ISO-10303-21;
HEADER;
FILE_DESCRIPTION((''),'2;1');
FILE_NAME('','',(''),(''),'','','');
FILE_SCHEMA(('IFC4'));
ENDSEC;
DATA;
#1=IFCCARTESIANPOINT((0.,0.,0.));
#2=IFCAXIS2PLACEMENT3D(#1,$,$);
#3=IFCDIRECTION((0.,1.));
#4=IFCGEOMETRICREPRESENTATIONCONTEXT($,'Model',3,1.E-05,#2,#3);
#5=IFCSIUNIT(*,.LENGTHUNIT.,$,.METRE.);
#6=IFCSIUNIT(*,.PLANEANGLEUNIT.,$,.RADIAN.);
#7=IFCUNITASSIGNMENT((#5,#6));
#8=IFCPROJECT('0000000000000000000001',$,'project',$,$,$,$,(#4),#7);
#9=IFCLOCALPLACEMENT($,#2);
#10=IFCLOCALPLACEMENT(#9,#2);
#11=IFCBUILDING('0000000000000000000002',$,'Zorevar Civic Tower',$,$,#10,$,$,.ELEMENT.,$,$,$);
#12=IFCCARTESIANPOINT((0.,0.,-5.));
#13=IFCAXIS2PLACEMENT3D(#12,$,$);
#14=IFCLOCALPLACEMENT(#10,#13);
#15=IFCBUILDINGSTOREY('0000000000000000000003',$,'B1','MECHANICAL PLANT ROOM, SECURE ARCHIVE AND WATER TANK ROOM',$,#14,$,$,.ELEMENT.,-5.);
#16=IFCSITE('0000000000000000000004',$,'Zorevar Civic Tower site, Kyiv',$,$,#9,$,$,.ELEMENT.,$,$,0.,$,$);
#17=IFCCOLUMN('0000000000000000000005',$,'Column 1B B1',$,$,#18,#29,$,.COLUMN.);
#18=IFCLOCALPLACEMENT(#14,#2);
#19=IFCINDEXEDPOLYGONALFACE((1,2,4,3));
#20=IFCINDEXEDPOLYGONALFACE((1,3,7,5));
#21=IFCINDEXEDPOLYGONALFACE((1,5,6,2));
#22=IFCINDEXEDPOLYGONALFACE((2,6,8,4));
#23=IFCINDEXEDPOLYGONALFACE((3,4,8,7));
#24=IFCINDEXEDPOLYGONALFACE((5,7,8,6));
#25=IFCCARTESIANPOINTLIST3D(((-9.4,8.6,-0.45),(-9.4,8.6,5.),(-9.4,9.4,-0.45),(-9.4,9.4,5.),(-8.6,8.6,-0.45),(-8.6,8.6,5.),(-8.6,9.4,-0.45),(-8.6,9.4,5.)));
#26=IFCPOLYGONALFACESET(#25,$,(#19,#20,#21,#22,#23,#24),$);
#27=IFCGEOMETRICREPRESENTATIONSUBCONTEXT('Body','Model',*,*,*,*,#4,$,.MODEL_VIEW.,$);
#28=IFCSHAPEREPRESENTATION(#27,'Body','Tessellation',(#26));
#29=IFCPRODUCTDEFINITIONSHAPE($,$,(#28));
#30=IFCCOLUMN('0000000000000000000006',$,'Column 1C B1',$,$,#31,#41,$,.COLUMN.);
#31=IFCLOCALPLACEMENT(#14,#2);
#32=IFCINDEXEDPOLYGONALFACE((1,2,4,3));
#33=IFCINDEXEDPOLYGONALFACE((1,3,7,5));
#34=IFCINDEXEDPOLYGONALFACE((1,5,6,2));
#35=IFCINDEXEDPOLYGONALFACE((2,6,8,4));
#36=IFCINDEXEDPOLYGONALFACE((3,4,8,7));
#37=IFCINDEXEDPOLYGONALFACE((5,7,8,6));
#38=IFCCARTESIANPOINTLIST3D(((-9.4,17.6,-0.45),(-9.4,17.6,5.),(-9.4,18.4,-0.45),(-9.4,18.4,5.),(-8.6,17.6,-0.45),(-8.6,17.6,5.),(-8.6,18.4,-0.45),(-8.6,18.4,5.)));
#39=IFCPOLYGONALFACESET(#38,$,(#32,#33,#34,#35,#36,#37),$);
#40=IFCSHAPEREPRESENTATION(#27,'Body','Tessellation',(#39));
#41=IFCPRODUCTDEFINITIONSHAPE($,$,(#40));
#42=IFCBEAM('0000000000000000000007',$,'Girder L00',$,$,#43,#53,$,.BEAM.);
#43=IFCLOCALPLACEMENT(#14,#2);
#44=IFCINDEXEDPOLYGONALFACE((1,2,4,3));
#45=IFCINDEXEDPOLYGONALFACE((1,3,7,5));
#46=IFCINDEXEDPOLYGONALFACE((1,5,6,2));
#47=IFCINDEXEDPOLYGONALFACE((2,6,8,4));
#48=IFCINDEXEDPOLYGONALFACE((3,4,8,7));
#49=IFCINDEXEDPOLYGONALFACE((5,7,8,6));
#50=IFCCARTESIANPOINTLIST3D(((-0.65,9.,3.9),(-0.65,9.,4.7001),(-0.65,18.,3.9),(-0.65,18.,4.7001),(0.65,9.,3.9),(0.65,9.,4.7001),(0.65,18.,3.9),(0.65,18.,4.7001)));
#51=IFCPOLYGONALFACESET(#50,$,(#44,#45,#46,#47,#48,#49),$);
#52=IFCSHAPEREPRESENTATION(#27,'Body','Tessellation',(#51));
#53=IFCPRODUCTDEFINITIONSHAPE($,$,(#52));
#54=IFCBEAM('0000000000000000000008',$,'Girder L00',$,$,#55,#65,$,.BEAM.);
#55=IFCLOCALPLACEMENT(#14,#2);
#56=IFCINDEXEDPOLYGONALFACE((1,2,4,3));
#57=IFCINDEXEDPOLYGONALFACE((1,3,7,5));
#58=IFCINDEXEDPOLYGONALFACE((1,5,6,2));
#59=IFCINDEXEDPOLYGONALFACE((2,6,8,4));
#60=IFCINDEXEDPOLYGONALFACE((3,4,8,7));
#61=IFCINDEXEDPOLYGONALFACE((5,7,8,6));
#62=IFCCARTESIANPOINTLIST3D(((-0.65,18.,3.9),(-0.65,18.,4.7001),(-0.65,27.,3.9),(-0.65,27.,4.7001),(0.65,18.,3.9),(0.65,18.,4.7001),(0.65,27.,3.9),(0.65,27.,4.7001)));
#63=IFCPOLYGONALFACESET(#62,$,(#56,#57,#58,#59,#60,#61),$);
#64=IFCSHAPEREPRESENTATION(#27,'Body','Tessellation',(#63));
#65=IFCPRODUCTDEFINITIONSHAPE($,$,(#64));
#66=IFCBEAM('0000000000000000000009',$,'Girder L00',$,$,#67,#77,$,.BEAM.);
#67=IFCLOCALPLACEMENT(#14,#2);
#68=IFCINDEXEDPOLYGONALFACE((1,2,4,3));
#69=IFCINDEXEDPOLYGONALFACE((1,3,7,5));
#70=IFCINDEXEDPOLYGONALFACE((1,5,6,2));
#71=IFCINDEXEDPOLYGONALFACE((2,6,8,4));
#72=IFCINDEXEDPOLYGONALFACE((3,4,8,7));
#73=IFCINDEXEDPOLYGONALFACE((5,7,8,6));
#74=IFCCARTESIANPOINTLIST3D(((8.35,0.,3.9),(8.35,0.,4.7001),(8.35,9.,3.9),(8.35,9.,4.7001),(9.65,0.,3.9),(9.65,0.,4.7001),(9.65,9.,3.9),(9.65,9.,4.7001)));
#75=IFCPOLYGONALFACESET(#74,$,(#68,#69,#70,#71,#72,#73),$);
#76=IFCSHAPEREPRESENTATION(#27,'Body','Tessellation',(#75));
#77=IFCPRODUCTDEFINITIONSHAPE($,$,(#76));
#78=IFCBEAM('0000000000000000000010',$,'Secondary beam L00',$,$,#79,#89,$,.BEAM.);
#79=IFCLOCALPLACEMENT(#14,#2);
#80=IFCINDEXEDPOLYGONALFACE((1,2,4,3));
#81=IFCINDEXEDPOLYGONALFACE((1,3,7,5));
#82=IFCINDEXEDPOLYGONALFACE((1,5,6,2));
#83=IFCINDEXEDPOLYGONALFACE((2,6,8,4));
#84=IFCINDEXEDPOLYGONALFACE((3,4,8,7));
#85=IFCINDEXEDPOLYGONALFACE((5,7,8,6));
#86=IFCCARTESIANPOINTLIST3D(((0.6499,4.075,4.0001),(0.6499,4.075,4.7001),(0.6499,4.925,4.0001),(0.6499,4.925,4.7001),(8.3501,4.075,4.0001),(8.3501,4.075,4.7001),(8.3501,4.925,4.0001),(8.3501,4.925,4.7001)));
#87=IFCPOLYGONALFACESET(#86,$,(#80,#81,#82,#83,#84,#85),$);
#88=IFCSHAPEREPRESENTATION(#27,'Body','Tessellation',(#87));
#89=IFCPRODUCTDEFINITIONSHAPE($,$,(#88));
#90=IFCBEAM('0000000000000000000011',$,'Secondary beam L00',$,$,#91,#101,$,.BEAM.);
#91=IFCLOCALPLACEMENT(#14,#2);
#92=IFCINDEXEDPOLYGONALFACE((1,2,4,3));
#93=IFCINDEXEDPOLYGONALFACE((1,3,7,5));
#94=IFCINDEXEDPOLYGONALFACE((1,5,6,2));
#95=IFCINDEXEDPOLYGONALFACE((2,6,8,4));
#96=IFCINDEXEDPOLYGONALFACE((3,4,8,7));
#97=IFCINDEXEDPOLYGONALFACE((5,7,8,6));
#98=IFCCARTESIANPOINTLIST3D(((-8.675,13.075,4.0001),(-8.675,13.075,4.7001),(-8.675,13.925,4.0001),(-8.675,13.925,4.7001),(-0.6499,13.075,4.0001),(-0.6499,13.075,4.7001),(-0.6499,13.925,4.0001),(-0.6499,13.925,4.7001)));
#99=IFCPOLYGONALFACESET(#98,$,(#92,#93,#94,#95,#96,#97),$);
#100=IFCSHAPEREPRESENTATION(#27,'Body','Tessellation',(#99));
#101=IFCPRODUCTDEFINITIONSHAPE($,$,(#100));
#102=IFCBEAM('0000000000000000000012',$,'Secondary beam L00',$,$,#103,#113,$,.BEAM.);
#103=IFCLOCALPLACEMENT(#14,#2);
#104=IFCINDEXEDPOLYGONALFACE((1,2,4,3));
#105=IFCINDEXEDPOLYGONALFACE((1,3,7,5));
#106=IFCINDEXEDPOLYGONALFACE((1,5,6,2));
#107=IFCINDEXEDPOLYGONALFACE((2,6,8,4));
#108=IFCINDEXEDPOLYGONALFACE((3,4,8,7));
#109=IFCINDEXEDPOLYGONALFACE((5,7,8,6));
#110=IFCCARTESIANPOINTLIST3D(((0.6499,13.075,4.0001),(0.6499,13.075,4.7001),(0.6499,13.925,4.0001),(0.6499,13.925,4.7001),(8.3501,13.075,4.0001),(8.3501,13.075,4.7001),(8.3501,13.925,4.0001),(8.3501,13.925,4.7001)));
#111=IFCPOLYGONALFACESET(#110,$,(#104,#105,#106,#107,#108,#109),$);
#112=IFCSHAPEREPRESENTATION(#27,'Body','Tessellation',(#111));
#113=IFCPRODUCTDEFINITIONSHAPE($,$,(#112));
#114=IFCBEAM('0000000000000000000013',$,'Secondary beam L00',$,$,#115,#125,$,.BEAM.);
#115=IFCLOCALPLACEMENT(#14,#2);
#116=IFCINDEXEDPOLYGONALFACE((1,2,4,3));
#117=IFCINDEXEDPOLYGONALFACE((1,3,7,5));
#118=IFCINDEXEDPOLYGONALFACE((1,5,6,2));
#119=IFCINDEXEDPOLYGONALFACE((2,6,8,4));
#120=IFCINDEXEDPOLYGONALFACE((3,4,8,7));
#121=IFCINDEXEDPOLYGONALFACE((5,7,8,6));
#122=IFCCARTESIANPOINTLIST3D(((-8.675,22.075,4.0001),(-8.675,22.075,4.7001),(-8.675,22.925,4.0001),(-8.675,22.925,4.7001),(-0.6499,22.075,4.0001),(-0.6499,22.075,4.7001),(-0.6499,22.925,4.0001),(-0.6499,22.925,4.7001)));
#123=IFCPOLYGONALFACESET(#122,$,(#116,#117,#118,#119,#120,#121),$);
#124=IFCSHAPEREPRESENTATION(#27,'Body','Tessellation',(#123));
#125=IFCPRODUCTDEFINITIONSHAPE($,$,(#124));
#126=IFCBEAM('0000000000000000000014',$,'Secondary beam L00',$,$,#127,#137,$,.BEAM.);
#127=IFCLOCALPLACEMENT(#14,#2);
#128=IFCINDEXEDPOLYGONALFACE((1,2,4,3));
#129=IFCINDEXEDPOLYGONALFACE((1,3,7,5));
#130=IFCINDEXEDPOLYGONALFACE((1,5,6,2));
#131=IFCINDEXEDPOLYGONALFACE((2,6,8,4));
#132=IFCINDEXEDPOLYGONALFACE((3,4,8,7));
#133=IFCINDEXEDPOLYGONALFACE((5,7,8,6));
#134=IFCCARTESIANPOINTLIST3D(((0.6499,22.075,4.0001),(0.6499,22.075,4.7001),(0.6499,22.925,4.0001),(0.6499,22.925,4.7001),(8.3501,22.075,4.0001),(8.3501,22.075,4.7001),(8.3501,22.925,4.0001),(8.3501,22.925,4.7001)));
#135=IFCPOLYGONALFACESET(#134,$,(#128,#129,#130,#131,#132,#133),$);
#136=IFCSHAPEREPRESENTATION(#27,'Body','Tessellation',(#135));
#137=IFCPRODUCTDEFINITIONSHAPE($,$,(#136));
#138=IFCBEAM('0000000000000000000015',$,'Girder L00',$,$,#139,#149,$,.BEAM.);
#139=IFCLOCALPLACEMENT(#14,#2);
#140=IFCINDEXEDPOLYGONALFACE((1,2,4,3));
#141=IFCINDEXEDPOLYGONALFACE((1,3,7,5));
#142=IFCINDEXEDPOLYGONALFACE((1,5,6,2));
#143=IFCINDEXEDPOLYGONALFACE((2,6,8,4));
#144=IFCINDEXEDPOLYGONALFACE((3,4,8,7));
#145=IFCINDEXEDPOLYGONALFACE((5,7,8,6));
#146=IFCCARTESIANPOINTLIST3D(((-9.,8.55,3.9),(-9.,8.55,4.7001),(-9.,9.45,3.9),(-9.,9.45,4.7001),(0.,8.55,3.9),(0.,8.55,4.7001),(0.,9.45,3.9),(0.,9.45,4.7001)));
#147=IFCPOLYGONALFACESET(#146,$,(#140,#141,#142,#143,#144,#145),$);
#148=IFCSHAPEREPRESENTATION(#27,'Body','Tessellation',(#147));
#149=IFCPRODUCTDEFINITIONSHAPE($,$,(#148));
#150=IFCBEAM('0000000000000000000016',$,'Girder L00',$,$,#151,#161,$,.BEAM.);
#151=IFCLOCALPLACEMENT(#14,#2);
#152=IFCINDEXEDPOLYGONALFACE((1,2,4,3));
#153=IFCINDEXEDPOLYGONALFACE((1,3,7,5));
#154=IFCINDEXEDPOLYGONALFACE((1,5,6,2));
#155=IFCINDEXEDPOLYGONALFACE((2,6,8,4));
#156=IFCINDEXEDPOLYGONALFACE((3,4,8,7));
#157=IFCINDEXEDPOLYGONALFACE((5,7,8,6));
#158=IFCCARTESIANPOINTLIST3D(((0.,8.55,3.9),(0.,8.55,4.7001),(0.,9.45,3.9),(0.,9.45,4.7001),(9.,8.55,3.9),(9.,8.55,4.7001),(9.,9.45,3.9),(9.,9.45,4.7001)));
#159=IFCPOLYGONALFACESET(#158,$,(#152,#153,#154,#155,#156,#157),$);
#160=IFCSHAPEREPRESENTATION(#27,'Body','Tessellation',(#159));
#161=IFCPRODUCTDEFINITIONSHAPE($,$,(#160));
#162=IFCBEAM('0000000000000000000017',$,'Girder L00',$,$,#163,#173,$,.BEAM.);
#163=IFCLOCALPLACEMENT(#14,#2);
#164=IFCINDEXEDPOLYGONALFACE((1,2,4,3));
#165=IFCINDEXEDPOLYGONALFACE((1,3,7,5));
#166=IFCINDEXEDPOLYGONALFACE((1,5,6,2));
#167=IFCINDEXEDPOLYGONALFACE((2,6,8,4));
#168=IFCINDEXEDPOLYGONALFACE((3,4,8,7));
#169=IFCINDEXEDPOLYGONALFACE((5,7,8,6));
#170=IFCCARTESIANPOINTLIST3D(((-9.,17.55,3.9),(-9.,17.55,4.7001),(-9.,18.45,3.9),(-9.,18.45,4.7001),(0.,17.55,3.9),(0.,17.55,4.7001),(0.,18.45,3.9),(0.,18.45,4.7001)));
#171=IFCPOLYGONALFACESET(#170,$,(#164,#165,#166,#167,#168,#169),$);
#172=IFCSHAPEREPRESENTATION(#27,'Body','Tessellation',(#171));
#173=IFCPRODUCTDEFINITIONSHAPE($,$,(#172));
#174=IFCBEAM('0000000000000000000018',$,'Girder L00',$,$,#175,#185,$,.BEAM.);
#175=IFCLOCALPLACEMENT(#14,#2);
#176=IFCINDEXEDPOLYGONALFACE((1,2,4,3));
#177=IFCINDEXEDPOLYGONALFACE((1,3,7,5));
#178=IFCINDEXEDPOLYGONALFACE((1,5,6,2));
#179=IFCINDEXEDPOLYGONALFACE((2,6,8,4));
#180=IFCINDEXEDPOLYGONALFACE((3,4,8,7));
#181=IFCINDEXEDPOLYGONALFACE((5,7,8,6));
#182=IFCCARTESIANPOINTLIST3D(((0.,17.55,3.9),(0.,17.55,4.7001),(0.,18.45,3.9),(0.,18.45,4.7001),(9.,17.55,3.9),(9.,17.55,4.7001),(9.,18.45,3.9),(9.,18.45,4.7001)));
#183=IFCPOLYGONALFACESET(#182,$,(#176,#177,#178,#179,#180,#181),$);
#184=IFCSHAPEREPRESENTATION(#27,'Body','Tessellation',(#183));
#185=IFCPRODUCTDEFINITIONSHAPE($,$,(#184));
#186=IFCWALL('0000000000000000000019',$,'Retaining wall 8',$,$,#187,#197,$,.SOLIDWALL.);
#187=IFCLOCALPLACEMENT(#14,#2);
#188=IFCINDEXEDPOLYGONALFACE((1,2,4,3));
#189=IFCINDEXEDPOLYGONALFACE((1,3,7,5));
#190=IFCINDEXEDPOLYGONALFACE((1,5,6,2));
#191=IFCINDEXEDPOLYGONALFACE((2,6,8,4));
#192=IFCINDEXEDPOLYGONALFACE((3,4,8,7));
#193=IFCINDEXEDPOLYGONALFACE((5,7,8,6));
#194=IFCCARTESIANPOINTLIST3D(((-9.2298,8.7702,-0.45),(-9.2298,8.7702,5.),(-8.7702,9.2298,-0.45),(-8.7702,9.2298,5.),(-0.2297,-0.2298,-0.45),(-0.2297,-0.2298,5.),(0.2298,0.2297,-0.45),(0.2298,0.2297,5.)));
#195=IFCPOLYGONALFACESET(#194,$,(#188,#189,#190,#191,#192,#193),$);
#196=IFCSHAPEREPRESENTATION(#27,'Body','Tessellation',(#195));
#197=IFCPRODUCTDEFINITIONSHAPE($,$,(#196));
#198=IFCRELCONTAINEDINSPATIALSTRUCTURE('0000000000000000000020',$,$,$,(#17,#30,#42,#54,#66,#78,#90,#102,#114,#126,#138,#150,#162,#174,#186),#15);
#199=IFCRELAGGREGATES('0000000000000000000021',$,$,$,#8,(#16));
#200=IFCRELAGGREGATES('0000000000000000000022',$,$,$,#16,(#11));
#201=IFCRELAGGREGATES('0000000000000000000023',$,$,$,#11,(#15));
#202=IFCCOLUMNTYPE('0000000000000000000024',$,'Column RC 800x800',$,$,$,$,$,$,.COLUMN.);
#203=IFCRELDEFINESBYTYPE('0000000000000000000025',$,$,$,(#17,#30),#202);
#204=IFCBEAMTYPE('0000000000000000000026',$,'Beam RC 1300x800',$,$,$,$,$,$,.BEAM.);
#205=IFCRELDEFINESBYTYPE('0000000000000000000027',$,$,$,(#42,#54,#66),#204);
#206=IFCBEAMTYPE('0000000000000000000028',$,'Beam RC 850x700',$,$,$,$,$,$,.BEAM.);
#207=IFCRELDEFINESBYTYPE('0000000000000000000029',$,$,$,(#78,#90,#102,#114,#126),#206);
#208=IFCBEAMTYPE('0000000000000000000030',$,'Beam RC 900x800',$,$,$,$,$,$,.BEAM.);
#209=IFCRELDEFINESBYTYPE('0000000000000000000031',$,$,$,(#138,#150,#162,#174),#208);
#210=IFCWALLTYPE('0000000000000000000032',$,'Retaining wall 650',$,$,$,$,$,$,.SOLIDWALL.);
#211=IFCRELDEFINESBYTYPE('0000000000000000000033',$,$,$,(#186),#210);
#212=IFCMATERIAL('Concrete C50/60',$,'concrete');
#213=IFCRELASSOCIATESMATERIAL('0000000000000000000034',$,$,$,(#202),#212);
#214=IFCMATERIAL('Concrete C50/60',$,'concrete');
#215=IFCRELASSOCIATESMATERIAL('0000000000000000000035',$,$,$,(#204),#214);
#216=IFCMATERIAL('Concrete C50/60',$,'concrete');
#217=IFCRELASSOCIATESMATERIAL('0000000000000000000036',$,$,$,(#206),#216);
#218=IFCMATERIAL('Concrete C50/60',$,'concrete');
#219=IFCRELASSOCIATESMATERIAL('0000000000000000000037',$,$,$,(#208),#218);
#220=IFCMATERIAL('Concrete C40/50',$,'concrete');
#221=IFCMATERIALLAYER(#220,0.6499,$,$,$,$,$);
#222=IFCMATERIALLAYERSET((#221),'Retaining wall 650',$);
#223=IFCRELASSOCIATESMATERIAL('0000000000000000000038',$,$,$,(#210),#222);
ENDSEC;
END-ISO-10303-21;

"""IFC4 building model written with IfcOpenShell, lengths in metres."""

from ifc_helpers import new_model, si_unit, direction, frame, frame_2d, origin, origin_2d, place, context, subcontext, project, spatial, rectangle, extrude, material, layer, layer_set, material_profile, profile_set, type_object, element, save


model = new_model("IFC4")

# Units and contexts
model_context = context("Model", 3, precision=1e-05, world=origin(), true_north=direction((0.0, 1.0)))
body_context = subcontext(model_context, "Body", "Model", "MODEL_VIEW")
ifc_project = project(units=[si_unit("LENGTHUNIT", "METRE"), si_unit("PLANEANGLEUNIT", "RADIAN")], contexts=[model_context])

# Site, building, storey
site_placement = place(None, origin())
site = spatial("IfcSite", under=ifc_project, at=site_placement, Name="Zorevar Civic Tower site, Kyiv", CompositionType="ELEMENT", RefElevation=0.0)
building_placement = place(site_placement, origin())
building = spatial("IfcBuilding", under=site, at=building_placement, Name="Zorevar Civic Tower", CompositionType="ELEMENT")
storey_placement = place(building_placement, frame((0.0, 0.0, -5.0)))
storey = spatial("IfcBuildingStorey", under=building, at=storey_placement, Name="B1", Description="MECHANICAL PLANT ROOM, SECURE ARCHIVE AND WATER TANK ROOM", CompositionType="ELEMENT", Elevation=-5.0)

# Columns
ifc_material_1 = material(Name="Concrete C50/60", Category="concrete")
ifc_material_profile_1 = material_profile(ifc_material_1, rectangle(XDim=0.8, YDim=0.8, at=origin_2d()), Name="RC 800x800")
ifc_profile_set_1 = profile_set([ifc_material_profile_1], Name="Concrete C50/60")
column_type_1 = type_object("IfcColumnType", Name="Column RC 800x800", PredefinedType="COLUMN", material=ifc_profile_set_1)
for number, where, z_axis, x_axis, name in (
    (1, (-9.0, 9.0, -0.45), (0.0, 0.0, 1.0), (1.0, 0.0, 0.0), "Column 1B B1"),
    (2, (-9.0, 18.0, -0.45), (0.0, 0.0, 1.0), (1.0, 0.0, 0.0), "Column 1C B1"),
):
    element("IfcColumn", number, at=place(storey_placement, frame(where, z_axis=z_axis, x_axis=x_axis)), inside=storey, type_object=column_type_1, Name=name, PredefinedType="COLUMN", context=body_context, shape_type="SweptSolid", body=[
        extrude(rectangle(XDim=0.8, YDim=0.8, at=origin_2d()), origin(), (0.0, 0.0, 1.0), 5.45),
    ])

# Beams
ifc_material_2 = material(Name="Concrete C50/60", Category="concrete")
ifc_material_profile_2 = material_profile(ifc_material_2, rectangle(XDim=1.3, YDim=0.8, at=origin_2d()), Name="RC 1300x800")
ifc_profile_set_2 = profile_set([ifc_material_profile_2], Name="Concrete C50/60")
beam_type_1 = type_object("IfcBeamType", Name="Beam RC 1300x800", PredefinedType="BEAM", material=ifc_profile_set_2)
for number, where, z_axis, x_axis, name in (
    (3, (0.0, 9.0, 4.3), (0.0, 1.0, 0.0), (-1.0, 0.0, 0.0), "Girder L00"),
    (4, (0.0, 18.0, 4.3), (0.0, 1.0, 0.0), (-1.0, 0.0, 0.0), "Girder L00"),
    (5, (9.0, 0.0, 4.3), (0.0, 1.0, 0.0), (-1.0, 0.0, 0.0), "Girder L00"),
):
    element("IfcBeam", number, at=place(storey_placement, frame(where, z_axis=z_axis, x_axis=x_axis)), inside=storey, type_object=beam_type_1, Name=name, PredefinedType="BEAM", context=body_context, shape_type="SweptSolid", body=[
        extrude(rectangle(XDim=1.3, YDim=0.8, at=origin_2d()), origin(), (0.0, 0.0, 1.0), 9.0),
    ])
ifc_material_3 = material(Name="Concrete C50/60", Category="concrete")
ifc_material_profile_3 = material_profile(ifc_material_3, rectangle(XDim=0.8501, YDim=0.7, at=origin_2d()), Name="RC 850x700")
ifc_profile_set_3 = profile_set([ifc_material_profile_3], Name="Concrete C50/60")
beam_type_2 = type_object("IfcBeamType", Name="Beam RC 850x700", PredefinedType="BEAM", material=ifc_profile_set_3)
beam_1_placement = place(storey_placement, frame((0.6499, 4.5, 4.3501), z_axis=(1.0, 0.0, 0.0), x_axis=(0.0, 1.0, 0.0)))
element("IfcBeam", 6, at=beam_1_placement, inside=storey, type_object=beam_type_2, Name="Secondary beam L00", PredefinedType="BEAM", context=body_context, shape_type="SweptSolid", body=[
    extrude(rectangle(XDim=0.8501, YDim=0.7, at=origin_2d()), origin(), (0.0, 0.0, 1.0), 7.7002),
])
beam_2_placement = place(storey_placement, frame((-8.675, 13.5, 4.3501), z_axis=(1.0, 0.0, 0.0), x_axis=(0.0, 1.0, 0.0)))
element("IfcBeam", 7, at=beam_2_placement, inside=storey, type_object=beam_type_2, Name="Secondary beam L00", PredefinedType="BEAM", context=body_context, shape_type="SweptSolid", body=[
    extrude(rectangle(XDim=0.8501, YDim=0.7, at=origin_2d()), origin(), (0.0, 0.0, 1.0), 8.0251),
])
beam_3_placement = place(storey_placement, frame((0.6499, 13.5, 4.3501), z_axis=(1.0, 0.0, 0.0), x_axis=(0.0, 1.0, 0.0)))
element("IfcBeam", 8, at=beam_3_placement, inside=storey, type_object=beam_type_2, Name="Secondary beam L00", PredefinedType="BEAM", context=body_context, shape_type="SweptSolid", body=[
    extrude(rectangle(XDim=0.8501, YDim=0.7, at=origin_2d()), origin(), (0.0, 0.0, 1.0), 7.7002),
])
beam_4_placement = place(storey_placement, frame((-8.675, 22.5, 4.3501), z_axis=(1.0, 0.0, 0.0), x_axis=(0.0, 1.0, 0.0)))
element("IfcBeam", 9, at=beam_4_placement, inside=storey, type_object=beam_type_2, Name="Secondary beam L00", PredefinedType="BEAM", context=body_context, shape_type="SweptSolid", body=[
    extrude(rectangle(XDim=0.8501, YDim=0.7, at=origin_2d()), origin(), (0.0, 0.0, 1.0), 8.0251),
])
beam_5_placement = place(storey_placement, frame((0.6499, 22.5, 4.3501), z_axis=(1.0, 0.0, 0.0), x_axis=(0.0, 1.0, 0.0)))
element("IfcBeam", 10, at=beam_5_placement, inside=storey, type_object=beam_type_2, Name="Secondary beam L00", PredefinedType="BEAM", context=body_context, shape_type="SweptSolid", body=[
    extrude(rectangle(XDim=0.8501, YDim=0.7, at=origin_2d()), origin(), (0.0, 0.0, 1.0), 7.7002),
])
ifc_material_4 = material(Name="Concrete C50/60", Category="concrete")
ifc_material_profile_4 = material_profile(ifc_material_4, rectangle(XDim=0.8999, YDim=0.8, at=origin_2d()), Name="RC 900x800")
ifc_profile_set_4 = profile_set([ifc_material_profile_4], Name="Concrete C50/60")
beam_type_3 = type_object("IfcBeamType", Name="Beam RC 900x800", PredefinedType="BEAM", material=ifc_profile_set_4)
for number, where, z_axis, x_axis, name in (
    (11, (-9.0, 9.0, 4.3), (1.0, 0.0, 0.0), (0.0, 1.0, 0.0), "Girder L00"),
    (12, (0.0, 9.0, 4.3), (1.0, 0.0, 0.0), (0.0, 1.0, 0.0), "Girder L00"),
    (13, (-9.0, 18.0, 4.3), (1.0, 0.0, 0.0), (0.0, 1.0, 0.0), "Girder L00"),
    (14, (0.0, 18.0, 4.3), (1.0, 0.0, 0.0), (0.0, 1.0, 0.0), "Girder L00"),
):
    element("IfcBeam", number, at=place(storey_placement, frame(where, z_axis=z_axis, x_axis=x_axis)), inside=storey, type_object=beam_type_3, Name=name, PredefinedType="BEAM", context=body_context, shape_type="SweptSolid", body=[
        extrude(rectangle(XDim=0.8999, YDim=0.8, at=origin_2d()), origin(), (0.0, 0.0, 1.0), 9.0),
    ])

# Wall
ifc_material_5 = material(Name="Concrete C40/50", Category="concrete")
ifc_layer_1 = layer(ifc_material_5, 0.6499)
ifc_layer_set_1 = layer_set([ifc_layer_1], Name="Retaining wall 650")
wall_type = type_object("IfcWallType", Name="Retaining wall 650", PredefinedType="SOLIDWALL", material=ifc_layer_set_1)
wall_placement = place(storey_placement, frame((-9.0, 9.0, -0.45), z_axis=(0.0, 0.0, 1.0), x_axis=(0.707107, -0.707107, 0.0)))
element("IfcWall", 15, at=wall_placement, inside=storey, type_object=wall_type, Name="Retaining wall 8", PredefinedType="SOLIDWALL", context=body_context, shape_type="SweptSolid", body=[
    extrude(rectangle(XDim=12.728, YDim=0.6499, at=frame_2d((6.364, 0.0))), origin(), (0.0, 0.0, 1.0), 5.45),
])

save(model, "model.ifc")
